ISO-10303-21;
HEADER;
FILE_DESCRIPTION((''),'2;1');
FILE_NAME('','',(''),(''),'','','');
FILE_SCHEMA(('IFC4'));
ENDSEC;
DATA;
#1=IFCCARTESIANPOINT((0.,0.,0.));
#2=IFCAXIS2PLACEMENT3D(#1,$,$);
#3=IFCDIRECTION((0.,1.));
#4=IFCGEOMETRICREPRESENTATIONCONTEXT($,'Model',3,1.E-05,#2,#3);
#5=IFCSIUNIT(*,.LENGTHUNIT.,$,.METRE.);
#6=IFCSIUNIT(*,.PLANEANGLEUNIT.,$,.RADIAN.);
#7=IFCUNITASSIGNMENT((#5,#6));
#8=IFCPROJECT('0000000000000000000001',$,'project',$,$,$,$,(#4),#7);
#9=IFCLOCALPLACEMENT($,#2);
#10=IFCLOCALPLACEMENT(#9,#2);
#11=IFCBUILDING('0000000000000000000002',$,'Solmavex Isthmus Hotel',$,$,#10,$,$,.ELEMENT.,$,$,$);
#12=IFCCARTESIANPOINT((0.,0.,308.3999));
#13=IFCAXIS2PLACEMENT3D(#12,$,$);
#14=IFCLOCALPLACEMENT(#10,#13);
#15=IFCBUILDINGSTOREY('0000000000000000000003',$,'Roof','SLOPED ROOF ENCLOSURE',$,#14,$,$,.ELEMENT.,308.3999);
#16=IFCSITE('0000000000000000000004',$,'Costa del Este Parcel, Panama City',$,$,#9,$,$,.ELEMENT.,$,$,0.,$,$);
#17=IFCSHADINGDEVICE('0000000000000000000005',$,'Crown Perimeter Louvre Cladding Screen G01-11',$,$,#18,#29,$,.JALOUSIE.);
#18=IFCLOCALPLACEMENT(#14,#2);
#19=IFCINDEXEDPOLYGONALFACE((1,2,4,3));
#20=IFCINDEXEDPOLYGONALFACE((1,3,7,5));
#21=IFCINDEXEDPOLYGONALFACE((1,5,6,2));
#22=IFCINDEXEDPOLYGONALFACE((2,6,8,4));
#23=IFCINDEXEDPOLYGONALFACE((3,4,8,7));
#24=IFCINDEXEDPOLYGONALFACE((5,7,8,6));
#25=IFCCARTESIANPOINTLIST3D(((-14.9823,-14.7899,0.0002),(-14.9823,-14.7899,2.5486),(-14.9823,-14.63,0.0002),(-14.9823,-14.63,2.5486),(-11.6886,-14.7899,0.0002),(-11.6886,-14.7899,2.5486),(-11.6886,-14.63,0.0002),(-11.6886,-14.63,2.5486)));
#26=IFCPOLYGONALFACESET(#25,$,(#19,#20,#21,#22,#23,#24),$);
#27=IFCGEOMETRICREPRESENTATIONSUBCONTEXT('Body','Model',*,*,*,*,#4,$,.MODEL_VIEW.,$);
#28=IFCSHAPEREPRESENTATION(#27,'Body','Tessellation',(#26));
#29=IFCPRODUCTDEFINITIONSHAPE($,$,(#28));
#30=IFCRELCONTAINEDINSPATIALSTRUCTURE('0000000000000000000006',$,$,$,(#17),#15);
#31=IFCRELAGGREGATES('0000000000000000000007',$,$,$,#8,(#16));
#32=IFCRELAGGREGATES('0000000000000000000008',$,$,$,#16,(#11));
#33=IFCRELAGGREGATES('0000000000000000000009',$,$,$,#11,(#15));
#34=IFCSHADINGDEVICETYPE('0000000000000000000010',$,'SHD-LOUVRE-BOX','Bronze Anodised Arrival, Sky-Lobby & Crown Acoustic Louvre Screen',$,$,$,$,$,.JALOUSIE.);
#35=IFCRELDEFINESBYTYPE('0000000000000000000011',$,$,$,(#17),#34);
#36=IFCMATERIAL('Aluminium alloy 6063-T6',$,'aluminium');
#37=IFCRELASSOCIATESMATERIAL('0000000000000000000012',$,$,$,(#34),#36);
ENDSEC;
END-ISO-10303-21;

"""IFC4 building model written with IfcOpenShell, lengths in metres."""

from ifc_helpers import new_model, si_unit, direction, frame, origin, origin_2d, place, context, subcontext, project, spatial, rectangle, extrude, material, type_object, element, save


model = new_model("IFC4")

# Units and contexts
model_context = context("Model", 3, precision=1e-05, world=origin(), true_north=direction((0.0, 1.0)))
body_context = subcontext(model_context, "Body", "Model", "MODEL_VIEW")
ifc_project = project(units=[si_unit("LENGTHUNIT", "METRE"), si_unit("PLANEANGLEUNIT", "RADIAN")], contexts=[model_context])

# Site, building, storey
site_placement = place(None, origin())
site = spatial("IfcSite", under=ifc_project, at=site_placement, Name="Costa del Este Parcel, Panama City", CompositionType="ELEMENT", RefElevation=0.0)
building_placement = place(site_placement, origin())
building = spatial("IfcBuilding", under=site, at=building_placement, Name="Solmavex Isthmus Hotel", CompositionType="ELEMENT")
storey_placement = place(building_placement, frame((0.0, 0.0, 308.3999)))
storey = spatial("IfcBuildingStorey", under=building, at=storey_placement, Name="Roof", Description="SLOPED ROOF ENCLOSURE", CompositionType="ELEMENT", Elevation=308.3999)

# Shading device
ifc_material_1 = material(Name="Aluminium alloy 6063-T6", Category="aluminium")
shading_device_type = type_object("IfcShadingDeviceType", Name="SHD-LOUVRE-BOX", Description="Bronze Anodised Arrival, Sky-Lobby & Crown Acoustic Louvre Screen", PredefinedType="JALOUSIE", material=ifc_material_1)
shading_device_1_placement = place(storey_placement, frame((-13.3354, -14.71, 0.0002), z_axis=(0.0, 0.0, 1.0), x_axis=(-1.0, 0.0, 0.0)))
element("IfcShadingDevice", 1, at=shading_device_1_placement, inside=storey, type_object=shading_device_type, Name="Crown Perimeter Louvre Cladding Screen G01-11", PredefinedType="JALOUSIE", context=body_context, shape_type="SweptSolid", body=[
    extrude(rectangle(XDim=3.2937, YDim=0.1599, at=origin_2d()), origin(), (0.0, 0.0, 1.0), 2.5483),
])

save(model, "model.ifc")
